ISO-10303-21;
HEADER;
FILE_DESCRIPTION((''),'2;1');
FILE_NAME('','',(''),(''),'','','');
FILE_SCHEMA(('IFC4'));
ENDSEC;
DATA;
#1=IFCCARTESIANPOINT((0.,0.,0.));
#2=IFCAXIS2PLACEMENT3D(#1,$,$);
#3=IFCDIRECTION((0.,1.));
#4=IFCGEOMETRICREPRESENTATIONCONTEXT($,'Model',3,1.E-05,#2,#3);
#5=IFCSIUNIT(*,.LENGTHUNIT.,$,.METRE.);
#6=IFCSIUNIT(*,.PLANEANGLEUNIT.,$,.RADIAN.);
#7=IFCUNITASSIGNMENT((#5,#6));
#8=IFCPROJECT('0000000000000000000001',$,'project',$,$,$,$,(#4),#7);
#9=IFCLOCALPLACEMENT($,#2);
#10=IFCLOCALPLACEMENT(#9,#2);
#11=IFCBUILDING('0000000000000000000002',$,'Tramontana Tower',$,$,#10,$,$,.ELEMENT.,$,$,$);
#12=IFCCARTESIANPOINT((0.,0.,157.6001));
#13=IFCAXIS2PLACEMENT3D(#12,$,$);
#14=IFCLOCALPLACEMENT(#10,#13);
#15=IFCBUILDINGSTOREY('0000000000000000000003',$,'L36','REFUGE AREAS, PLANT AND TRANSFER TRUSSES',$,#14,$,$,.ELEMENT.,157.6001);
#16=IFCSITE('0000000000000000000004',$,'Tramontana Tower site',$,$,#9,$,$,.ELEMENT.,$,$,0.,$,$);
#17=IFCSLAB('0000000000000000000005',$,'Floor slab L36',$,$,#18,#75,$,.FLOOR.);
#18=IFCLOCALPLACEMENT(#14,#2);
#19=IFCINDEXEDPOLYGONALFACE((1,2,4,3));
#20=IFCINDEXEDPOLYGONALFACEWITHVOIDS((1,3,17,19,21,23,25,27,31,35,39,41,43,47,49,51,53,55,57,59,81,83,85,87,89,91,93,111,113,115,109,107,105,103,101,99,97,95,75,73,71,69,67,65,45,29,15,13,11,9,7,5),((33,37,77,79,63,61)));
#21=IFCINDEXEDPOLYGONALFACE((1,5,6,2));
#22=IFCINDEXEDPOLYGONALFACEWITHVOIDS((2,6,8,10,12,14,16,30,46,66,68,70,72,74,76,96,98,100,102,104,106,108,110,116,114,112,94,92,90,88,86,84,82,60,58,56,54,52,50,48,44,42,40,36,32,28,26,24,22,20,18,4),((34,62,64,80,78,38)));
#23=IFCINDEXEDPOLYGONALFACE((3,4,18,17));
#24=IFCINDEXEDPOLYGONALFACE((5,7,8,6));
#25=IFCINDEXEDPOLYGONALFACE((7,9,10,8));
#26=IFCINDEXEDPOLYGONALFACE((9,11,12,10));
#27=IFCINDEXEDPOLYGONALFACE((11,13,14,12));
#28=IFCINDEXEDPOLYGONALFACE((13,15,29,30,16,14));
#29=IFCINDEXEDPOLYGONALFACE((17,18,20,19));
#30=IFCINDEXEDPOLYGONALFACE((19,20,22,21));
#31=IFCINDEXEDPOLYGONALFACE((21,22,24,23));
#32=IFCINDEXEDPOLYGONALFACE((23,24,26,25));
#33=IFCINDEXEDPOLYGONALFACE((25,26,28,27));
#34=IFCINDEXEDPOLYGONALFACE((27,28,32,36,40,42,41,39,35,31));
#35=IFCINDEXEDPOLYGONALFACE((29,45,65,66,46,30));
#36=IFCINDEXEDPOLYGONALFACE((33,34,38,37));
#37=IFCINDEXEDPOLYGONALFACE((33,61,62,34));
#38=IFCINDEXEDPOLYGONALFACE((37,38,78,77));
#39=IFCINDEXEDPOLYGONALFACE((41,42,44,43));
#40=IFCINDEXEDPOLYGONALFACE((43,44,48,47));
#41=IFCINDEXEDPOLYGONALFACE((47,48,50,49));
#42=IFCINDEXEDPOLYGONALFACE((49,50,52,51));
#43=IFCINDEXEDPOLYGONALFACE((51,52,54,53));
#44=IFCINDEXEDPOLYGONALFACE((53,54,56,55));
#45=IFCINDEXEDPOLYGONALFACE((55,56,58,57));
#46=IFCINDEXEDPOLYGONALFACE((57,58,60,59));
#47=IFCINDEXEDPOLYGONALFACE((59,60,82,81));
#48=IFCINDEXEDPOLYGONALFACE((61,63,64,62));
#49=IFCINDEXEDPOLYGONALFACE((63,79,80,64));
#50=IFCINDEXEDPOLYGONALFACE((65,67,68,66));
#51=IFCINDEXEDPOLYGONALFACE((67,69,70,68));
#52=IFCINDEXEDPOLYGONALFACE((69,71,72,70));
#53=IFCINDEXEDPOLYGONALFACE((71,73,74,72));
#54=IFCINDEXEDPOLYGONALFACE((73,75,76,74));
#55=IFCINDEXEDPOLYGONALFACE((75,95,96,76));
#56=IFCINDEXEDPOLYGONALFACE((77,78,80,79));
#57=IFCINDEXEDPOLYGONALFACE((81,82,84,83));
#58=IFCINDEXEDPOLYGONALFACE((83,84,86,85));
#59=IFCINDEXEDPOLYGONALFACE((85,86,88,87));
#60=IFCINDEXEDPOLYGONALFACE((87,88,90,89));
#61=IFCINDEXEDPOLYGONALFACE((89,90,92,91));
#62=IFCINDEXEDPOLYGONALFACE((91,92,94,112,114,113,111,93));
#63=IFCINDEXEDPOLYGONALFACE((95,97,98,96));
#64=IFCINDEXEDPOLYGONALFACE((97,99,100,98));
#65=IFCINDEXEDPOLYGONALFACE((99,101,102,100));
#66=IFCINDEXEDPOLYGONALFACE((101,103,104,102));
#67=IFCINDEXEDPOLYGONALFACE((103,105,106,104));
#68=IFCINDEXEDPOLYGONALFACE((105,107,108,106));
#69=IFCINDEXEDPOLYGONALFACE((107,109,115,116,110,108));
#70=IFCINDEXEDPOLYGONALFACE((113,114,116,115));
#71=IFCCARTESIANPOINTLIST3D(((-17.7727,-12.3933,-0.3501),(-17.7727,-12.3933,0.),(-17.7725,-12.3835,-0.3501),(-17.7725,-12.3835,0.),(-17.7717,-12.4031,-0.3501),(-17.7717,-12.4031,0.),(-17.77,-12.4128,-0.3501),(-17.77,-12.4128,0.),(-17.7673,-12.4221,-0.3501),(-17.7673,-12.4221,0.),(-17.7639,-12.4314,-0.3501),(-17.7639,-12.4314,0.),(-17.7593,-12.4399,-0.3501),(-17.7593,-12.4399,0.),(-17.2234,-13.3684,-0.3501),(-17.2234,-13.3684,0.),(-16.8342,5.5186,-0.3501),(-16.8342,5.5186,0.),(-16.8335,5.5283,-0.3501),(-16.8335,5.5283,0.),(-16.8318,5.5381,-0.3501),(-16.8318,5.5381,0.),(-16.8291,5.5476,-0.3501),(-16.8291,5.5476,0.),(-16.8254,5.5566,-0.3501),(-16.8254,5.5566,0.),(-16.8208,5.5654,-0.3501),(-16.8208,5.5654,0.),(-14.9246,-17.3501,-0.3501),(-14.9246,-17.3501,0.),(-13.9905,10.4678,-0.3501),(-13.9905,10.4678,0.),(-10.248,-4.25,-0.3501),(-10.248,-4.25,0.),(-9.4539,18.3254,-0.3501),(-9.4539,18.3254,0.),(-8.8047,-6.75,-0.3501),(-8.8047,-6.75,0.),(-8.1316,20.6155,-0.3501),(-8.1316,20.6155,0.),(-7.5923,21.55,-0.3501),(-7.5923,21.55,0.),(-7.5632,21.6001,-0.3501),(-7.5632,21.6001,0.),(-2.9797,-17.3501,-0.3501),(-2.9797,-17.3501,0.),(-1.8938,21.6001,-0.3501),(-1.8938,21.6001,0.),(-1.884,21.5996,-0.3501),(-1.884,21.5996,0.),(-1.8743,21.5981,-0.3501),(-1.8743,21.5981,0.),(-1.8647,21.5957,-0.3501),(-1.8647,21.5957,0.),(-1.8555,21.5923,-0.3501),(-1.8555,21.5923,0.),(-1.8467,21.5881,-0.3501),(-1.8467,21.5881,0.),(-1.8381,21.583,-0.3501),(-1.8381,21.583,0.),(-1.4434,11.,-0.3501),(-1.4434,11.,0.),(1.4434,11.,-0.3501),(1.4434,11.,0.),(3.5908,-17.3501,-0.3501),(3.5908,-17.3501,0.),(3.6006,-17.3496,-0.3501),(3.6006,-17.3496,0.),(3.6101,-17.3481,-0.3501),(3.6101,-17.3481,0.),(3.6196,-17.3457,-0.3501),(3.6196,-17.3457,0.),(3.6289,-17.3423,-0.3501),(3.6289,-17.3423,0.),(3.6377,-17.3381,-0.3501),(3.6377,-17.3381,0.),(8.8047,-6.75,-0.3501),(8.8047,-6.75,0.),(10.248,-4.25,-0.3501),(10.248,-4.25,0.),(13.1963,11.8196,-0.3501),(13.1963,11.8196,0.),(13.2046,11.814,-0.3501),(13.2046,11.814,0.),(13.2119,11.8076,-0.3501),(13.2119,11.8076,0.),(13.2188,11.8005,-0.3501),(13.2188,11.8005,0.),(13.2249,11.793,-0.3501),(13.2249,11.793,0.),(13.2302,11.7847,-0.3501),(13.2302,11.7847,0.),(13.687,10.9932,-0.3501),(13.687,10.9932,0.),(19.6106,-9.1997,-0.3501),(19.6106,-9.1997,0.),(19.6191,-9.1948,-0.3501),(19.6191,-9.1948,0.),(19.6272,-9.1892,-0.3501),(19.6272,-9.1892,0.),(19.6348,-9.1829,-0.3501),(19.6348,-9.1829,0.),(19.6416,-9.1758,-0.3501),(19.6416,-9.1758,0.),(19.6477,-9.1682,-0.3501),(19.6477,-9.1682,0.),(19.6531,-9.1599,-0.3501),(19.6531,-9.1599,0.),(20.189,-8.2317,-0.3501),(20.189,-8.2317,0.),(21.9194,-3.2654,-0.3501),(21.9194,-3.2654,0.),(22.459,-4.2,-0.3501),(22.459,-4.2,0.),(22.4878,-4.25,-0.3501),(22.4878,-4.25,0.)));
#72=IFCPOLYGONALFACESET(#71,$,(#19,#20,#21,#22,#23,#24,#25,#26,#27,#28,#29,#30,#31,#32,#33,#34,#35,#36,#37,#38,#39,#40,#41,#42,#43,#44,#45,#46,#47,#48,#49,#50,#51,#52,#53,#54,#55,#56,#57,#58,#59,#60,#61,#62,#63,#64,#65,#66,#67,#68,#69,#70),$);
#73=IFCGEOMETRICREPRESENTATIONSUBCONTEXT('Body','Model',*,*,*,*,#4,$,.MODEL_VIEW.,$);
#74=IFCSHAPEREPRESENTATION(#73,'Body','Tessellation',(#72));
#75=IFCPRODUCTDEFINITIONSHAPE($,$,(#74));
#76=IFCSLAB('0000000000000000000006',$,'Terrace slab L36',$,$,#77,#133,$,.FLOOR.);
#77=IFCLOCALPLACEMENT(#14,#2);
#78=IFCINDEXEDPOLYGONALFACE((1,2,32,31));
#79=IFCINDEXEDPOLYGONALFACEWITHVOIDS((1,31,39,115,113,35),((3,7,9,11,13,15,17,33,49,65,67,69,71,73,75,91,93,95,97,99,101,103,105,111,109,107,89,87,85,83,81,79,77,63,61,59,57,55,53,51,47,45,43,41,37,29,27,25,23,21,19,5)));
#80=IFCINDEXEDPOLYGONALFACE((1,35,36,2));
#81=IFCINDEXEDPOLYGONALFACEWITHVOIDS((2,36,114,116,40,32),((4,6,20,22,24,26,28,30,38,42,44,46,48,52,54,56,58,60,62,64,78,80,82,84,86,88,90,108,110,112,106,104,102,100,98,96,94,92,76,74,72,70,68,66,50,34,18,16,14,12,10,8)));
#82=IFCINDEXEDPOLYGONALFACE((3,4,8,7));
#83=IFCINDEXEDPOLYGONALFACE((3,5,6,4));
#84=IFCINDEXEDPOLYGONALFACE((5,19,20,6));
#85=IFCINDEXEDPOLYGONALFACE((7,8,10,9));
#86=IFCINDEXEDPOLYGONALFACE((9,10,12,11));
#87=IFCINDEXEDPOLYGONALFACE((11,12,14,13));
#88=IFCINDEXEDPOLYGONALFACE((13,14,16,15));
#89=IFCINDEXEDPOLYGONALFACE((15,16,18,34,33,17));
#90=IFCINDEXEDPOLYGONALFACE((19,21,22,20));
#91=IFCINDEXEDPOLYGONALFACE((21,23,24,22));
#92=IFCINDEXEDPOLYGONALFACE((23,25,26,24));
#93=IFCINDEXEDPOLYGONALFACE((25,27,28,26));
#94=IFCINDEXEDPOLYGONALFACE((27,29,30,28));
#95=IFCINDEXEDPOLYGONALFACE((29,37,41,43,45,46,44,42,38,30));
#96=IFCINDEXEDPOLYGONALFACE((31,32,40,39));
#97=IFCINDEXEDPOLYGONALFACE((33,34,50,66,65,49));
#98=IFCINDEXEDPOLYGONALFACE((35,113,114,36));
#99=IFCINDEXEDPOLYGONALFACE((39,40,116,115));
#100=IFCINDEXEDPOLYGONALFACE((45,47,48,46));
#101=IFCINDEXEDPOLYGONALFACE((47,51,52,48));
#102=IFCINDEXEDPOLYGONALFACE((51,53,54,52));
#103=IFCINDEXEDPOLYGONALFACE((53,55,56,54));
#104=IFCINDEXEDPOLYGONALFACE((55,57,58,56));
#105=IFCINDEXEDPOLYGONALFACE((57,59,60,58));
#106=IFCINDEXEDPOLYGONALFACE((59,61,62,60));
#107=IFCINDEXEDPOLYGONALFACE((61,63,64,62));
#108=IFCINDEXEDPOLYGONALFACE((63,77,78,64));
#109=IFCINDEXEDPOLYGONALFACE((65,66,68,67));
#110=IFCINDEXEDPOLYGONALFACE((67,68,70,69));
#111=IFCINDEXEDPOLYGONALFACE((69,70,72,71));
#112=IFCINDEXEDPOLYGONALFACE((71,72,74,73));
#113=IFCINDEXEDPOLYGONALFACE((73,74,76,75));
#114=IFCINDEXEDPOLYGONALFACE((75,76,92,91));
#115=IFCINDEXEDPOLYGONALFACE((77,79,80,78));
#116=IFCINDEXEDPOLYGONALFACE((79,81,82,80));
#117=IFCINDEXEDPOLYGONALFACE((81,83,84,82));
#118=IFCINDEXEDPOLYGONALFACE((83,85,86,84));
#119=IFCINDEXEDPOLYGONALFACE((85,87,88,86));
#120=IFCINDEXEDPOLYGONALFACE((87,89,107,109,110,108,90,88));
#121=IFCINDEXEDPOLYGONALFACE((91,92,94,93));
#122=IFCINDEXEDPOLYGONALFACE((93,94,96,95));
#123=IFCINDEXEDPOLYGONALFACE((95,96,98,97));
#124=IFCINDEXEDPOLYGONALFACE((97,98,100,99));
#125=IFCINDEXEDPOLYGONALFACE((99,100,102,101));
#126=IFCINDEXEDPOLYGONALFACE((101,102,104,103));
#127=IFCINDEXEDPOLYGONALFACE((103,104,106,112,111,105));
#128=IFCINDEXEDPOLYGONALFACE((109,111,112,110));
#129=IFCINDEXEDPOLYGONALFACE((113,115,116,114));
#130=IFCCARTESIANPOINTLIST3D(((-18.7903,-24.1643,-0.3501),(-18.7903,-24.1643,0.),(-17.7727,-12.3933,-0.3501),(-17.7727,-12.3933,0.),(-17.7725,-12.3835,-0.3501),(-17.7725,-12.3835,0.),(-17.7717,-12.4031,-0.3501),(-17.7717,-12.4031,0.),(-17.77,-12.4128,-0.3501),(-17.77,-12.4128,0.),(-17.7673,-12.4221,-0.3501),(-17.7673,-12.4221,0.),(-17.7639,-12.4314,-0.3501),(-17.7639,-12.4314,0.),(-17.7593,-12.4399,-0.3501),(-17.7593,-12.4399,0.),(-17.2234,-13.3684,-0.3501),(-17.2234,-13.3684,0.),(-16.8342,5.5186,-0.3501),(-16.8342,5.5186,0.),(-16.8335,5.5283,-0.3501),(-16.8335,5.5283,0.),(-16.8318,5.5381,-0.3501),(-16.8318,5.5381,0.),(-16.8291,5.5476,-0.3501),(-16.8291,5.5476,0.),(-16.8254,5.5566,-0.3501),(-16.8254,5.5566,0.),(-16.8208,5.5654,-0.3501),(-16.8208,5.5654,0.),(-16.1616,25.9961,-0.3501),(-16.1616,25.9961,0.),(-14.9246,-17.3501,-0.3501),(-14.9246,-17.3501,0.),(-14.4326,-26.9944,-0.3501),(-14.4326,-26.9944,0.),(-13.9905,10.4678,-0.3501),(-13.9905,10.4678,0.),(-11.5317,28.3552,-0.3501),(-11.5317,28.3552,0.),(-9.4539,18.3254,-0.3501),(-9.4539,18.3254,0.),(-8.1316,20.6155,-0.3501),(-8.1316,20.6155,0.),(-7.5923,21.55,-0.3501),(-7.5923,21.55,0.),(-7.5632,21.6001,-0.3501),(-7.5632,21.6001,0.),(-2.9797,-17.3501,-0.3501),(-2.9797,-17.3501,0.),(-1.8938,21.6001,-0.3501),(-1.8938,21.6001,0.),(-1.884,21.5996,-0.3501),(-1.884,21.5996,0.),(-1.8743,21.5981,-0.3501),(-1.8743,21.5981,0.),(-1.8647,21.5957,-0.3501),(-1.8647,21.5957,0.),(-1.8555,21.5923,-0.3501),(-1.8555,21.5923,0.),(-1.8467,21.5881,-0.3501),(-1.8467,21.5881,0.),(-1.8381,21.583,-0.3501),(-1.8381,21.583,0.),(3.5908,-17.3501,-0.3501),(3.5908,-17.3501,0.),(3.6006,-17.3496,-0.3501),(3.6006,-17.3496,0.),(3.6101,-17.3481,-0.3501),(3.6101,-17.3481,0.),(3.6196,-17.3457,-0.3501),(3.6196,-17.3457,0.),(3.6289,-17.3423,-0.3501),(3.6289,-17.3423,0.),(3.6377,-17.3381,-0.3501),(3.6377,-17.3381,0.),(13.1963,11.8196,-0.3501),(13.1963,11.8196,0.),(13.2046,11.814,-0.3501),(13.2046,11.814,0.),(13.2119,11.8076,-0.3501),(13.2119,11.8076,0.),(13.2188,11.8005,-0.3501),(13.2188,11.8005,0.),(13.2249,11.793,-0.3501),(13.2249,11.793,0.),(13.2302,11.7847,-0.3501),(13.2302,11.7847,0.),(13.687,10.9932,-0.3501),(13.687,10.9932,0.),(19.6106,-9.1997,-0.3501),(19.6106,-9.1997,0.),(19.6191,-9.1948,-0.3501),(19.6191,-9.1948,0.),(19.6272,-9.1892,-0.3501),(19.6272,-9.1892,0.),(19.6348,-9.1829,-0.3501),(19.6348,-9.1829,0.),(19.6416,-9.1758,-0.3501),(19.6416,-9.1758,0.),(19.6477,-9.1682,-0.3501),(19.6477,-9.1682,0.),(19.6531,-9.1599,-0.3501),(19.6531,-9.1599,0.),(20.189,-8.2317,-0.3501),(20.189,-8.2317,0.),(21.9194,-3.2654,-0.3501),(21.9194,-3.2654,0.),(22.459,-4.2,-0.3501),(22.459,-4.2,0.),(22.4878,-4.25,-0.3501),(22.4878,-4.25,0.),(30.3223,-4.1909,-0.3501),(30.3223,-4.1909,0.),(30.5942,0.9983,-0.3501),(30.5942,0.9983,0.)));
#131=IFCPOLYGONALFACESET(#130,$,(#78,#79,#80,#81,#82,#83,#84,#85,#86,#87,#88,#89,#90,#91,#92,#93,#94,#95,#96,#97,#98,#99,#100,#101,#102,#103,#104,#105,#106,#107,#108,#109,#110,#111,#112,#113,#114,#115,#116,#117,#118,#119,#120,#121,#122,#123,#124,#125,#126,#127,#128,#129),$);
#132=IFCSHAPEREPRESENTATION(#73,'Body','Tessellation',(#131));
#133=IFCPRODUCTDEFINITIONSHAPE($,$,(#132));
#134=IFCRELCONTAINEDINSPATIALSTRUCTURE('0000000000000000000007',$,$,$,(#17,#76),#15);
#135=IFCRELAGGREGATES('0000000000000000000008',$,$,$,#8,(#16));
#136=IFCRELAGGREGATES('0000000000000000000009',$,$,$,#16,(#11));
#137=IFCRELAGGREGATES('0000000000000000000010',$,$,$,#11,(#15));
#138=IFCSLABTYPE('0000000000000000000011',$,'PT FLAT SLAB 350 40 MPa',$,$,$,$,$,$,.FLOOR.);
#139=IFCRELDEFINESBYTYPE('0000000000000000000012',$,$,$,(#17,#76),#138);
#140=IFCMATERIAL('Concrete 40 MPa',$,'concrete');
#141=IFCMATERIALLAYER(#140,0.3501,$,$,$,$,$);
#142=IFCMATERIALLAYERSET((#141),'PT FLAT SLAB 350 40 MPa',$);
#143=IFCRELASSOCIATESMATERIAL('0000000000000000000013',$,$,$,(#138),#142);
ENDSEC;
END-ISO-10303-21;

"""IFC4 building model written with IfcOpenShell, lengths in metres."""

from ifc_helpers import new_model, si_unit, direction, frame, origin, place, context, subcontext, project, spatial, polyline, outline, extrude, material, layer, layer_set, type_object, element, save


model = new_model("IFC4")

# Units and contexts
model_context = context("Model", 3, precision=1e-05, world=origin(), true_north=direction((0.0, 1.0)))
body_context = subcontext(model_context, "Body", "Model", "MODEL_VIEW")
ifc_project = project(units=[si_unit("LENGTHUNIT", "METRE"), si_unit("PLANEANGLEUNIT", "RADIAN")], contexts=[model_context])

# Site, building, storey
site_placement = place(None, origin())
site = spatial("IfcSite", under=ifc_project, at=site_placement, Name="Tramontana Tower site", CompositionType="ELEMENT", RefElevation=0.0)
building_placement = place(site_placement, origin())
building = spatial("IfcBuilding", under=site, at=building_placement, Name="Tramontana Tower", CompositionType="ELEMENT")
storey_placement = place(building_placement, frame((0.0, 0.0, 157.6001)))
storey = spatial("IfcBuildingStorey", under=building, at=storey_placement, Name="L36", Description="REFUGE AREAS, PLANT AND TRANSFER TRUSSES", CompositionType="ELEMENT", Elevation=157.6001)

# Slabs
ifc_material_1 = material(Name="Concrete 40 MPa", Category="concrete")
ifc_layer_1 = layer(ifc_material_1, 0.3501)
ifc_layer_set_1 = layer_set([ifc_layer_1], Name="PT FLAT SLAB 350 40 MPa")
slab_type_1 = type_object("IfcSlabType", Name="PT FLAT SLAB 350 40 MPa", PredefinedType="FLOOR", material=ifc_layer_set_1)
slab_1_placement = place(storey_placement, frame((0.0, 0.0, -0.3501)))
element("IfcSlab", 1, at=slab_1_placement, inside=storey, type_object=slab_type_1, Name="Floor slab L36", PredefinedType="FLOOR", context=body_context, shape_type="SweptSolid", body=[
    extrude(outline(polyline([(-14.9246, -17.3501), (-17.2234, -13.3684), (-17.7593, -12.4399), (-17.7639, -12.4314), (-17.7673, -12.4221), (-17.77, -12.4128), (-17.7717, -12.4031), (-17.7727, -12.3933), (-17.7725, -12.3835), (-16.8342, 5.5186), (-16.8335, 5.5283), (-16.8318, 5.5381), (-16.8291, 5.5476), (-16.8254, 5.5566), (-16.8208, 5.5654), (-13.9905, 10.4678), (-9.4539, 18.3254), (-8.1316, 20.6155), (-7.5923, 21.55), (-7.5632, 21.6001), (-1.8938, 21.6001), (-1.884, 21.5996), (-1.8743, 21.5981), (-1.8647, 21.5957), (-1.8555, 21.5923), (-1.8467, 21.5881), (-1.8381, 21.583), (13.1963, 11.8196), (13.2046, 11.814), (13.2119, 11.8076), (13.2188, 11.8005), (13.2249, 11.793), (13.2302, 11.7847), (13.687, 10.9932), (21.9194, -3.2654), (22.459, -4.2), (22.4878, -4.25), (20.189, -8.2317), (19.6531, -9.1599), (19.6477, -9.1682), (19.6416, -9.1758), (19.6348, -9.1829), (19.6272, -9.1892), (19.6191, -9.1948), (19.6106, -9.1997), (3.6377, -17.3381), (3.6289, -17.3423), (3.6196, -17.3457), (3.6101, -17.3481), (3.6006, -17.3496), (3.5908, -17.3501), (-2.9797, -17.3501), (-14.9246, -17.3501)]), holes=[polyline([(-8.8047, -6.75), (8.8047, -6.75), (10.248, -4.25), (1.4434, 11.0), (-1.4434, 11.0), (-10.248, -4.25), (-8.8047, -6.75)])]), origin(), (0.0, 0.0, 1.0), 0.3501),
])
slab_2_placement = place(storey_placement, frame((0.0, 0.0, -0.3501)))
element("IfcSlab", 2, at=slab_2_placement, inside=storey, type_object=slab_type_1, Name="Terrace slab L36", PredefinedType="FLOOR", context=body_context, shape_type="SweptSolid", body=[
    extrude(outline(polyline([(-14.4326, -26.9944), (-18.7903, -24.1643), (-16.1616, 25.9961), (-11.5317, 28.3552), (30.5942, 0.9983), (30.3223, -4.1909), (-14.4326, -26.9944)]), holes=[polyline([(3.5908, -17.3501), (3.6006, -17.3496), (3.6101, -17.3481), (3.6196, -17.3457), (3.6289, -17.3423), (3.6377, -17.3381), (19.6106, -9.1997), (19.6191, -9.1948), (19.6272, -9.1892), (19.6348, -9.1829), (19.6416, -9.1758), (19.6477, -9.1682), (19.6531, -9.1599), (20.189, -8.2317), (22.4878, -4.25), (22.459, -4.2), (21.9194, -3.2654), (13.687, 10.9932), (13.2302, 11.7847), (13.2249, 11.793), (13.2188, 11.8005), (13.2119, 11.8076), (13.2046, 11.814), (13.1963, 11.8196), (-1.8381, 21.583), (-1.8467, 21.5881), (-1.8555, 21.5923), (-1.8647, 21.5957), (-1.8743, 21.5981), (-1.884, 21.5996), (-1.8938, 21.6001), (-7.5632, 21.6001), (-7.5923, 21.55), (-8.1316, 20.6155), (-9.4539, 18.3254), (-13.9905, 10.4678), (-16.8208, 5.5654), (-16.8254, 5.5566), (-16.8291, 5.5476), (-16.8318, 5.5381), (-16.8335, 5.5283), (-16.8342, 5.5186), (-17.7725, -12.3835), (-17.7727, -12.3933), (-17.7717, -12.4031), (-17.77, -12.4128), (-17.7673, -12.4221), (-17.7639, -12.4314), (-17.7593, -12.4399), (-17.2234, -13.3684), (-14.9246, -17.3501), (-2.9797, -17.3501), (3.5908, -17.3501)])]), origin(), (0.0, 0.0, 1.0), 0.3501),
])

save(model, "model.ifc")
